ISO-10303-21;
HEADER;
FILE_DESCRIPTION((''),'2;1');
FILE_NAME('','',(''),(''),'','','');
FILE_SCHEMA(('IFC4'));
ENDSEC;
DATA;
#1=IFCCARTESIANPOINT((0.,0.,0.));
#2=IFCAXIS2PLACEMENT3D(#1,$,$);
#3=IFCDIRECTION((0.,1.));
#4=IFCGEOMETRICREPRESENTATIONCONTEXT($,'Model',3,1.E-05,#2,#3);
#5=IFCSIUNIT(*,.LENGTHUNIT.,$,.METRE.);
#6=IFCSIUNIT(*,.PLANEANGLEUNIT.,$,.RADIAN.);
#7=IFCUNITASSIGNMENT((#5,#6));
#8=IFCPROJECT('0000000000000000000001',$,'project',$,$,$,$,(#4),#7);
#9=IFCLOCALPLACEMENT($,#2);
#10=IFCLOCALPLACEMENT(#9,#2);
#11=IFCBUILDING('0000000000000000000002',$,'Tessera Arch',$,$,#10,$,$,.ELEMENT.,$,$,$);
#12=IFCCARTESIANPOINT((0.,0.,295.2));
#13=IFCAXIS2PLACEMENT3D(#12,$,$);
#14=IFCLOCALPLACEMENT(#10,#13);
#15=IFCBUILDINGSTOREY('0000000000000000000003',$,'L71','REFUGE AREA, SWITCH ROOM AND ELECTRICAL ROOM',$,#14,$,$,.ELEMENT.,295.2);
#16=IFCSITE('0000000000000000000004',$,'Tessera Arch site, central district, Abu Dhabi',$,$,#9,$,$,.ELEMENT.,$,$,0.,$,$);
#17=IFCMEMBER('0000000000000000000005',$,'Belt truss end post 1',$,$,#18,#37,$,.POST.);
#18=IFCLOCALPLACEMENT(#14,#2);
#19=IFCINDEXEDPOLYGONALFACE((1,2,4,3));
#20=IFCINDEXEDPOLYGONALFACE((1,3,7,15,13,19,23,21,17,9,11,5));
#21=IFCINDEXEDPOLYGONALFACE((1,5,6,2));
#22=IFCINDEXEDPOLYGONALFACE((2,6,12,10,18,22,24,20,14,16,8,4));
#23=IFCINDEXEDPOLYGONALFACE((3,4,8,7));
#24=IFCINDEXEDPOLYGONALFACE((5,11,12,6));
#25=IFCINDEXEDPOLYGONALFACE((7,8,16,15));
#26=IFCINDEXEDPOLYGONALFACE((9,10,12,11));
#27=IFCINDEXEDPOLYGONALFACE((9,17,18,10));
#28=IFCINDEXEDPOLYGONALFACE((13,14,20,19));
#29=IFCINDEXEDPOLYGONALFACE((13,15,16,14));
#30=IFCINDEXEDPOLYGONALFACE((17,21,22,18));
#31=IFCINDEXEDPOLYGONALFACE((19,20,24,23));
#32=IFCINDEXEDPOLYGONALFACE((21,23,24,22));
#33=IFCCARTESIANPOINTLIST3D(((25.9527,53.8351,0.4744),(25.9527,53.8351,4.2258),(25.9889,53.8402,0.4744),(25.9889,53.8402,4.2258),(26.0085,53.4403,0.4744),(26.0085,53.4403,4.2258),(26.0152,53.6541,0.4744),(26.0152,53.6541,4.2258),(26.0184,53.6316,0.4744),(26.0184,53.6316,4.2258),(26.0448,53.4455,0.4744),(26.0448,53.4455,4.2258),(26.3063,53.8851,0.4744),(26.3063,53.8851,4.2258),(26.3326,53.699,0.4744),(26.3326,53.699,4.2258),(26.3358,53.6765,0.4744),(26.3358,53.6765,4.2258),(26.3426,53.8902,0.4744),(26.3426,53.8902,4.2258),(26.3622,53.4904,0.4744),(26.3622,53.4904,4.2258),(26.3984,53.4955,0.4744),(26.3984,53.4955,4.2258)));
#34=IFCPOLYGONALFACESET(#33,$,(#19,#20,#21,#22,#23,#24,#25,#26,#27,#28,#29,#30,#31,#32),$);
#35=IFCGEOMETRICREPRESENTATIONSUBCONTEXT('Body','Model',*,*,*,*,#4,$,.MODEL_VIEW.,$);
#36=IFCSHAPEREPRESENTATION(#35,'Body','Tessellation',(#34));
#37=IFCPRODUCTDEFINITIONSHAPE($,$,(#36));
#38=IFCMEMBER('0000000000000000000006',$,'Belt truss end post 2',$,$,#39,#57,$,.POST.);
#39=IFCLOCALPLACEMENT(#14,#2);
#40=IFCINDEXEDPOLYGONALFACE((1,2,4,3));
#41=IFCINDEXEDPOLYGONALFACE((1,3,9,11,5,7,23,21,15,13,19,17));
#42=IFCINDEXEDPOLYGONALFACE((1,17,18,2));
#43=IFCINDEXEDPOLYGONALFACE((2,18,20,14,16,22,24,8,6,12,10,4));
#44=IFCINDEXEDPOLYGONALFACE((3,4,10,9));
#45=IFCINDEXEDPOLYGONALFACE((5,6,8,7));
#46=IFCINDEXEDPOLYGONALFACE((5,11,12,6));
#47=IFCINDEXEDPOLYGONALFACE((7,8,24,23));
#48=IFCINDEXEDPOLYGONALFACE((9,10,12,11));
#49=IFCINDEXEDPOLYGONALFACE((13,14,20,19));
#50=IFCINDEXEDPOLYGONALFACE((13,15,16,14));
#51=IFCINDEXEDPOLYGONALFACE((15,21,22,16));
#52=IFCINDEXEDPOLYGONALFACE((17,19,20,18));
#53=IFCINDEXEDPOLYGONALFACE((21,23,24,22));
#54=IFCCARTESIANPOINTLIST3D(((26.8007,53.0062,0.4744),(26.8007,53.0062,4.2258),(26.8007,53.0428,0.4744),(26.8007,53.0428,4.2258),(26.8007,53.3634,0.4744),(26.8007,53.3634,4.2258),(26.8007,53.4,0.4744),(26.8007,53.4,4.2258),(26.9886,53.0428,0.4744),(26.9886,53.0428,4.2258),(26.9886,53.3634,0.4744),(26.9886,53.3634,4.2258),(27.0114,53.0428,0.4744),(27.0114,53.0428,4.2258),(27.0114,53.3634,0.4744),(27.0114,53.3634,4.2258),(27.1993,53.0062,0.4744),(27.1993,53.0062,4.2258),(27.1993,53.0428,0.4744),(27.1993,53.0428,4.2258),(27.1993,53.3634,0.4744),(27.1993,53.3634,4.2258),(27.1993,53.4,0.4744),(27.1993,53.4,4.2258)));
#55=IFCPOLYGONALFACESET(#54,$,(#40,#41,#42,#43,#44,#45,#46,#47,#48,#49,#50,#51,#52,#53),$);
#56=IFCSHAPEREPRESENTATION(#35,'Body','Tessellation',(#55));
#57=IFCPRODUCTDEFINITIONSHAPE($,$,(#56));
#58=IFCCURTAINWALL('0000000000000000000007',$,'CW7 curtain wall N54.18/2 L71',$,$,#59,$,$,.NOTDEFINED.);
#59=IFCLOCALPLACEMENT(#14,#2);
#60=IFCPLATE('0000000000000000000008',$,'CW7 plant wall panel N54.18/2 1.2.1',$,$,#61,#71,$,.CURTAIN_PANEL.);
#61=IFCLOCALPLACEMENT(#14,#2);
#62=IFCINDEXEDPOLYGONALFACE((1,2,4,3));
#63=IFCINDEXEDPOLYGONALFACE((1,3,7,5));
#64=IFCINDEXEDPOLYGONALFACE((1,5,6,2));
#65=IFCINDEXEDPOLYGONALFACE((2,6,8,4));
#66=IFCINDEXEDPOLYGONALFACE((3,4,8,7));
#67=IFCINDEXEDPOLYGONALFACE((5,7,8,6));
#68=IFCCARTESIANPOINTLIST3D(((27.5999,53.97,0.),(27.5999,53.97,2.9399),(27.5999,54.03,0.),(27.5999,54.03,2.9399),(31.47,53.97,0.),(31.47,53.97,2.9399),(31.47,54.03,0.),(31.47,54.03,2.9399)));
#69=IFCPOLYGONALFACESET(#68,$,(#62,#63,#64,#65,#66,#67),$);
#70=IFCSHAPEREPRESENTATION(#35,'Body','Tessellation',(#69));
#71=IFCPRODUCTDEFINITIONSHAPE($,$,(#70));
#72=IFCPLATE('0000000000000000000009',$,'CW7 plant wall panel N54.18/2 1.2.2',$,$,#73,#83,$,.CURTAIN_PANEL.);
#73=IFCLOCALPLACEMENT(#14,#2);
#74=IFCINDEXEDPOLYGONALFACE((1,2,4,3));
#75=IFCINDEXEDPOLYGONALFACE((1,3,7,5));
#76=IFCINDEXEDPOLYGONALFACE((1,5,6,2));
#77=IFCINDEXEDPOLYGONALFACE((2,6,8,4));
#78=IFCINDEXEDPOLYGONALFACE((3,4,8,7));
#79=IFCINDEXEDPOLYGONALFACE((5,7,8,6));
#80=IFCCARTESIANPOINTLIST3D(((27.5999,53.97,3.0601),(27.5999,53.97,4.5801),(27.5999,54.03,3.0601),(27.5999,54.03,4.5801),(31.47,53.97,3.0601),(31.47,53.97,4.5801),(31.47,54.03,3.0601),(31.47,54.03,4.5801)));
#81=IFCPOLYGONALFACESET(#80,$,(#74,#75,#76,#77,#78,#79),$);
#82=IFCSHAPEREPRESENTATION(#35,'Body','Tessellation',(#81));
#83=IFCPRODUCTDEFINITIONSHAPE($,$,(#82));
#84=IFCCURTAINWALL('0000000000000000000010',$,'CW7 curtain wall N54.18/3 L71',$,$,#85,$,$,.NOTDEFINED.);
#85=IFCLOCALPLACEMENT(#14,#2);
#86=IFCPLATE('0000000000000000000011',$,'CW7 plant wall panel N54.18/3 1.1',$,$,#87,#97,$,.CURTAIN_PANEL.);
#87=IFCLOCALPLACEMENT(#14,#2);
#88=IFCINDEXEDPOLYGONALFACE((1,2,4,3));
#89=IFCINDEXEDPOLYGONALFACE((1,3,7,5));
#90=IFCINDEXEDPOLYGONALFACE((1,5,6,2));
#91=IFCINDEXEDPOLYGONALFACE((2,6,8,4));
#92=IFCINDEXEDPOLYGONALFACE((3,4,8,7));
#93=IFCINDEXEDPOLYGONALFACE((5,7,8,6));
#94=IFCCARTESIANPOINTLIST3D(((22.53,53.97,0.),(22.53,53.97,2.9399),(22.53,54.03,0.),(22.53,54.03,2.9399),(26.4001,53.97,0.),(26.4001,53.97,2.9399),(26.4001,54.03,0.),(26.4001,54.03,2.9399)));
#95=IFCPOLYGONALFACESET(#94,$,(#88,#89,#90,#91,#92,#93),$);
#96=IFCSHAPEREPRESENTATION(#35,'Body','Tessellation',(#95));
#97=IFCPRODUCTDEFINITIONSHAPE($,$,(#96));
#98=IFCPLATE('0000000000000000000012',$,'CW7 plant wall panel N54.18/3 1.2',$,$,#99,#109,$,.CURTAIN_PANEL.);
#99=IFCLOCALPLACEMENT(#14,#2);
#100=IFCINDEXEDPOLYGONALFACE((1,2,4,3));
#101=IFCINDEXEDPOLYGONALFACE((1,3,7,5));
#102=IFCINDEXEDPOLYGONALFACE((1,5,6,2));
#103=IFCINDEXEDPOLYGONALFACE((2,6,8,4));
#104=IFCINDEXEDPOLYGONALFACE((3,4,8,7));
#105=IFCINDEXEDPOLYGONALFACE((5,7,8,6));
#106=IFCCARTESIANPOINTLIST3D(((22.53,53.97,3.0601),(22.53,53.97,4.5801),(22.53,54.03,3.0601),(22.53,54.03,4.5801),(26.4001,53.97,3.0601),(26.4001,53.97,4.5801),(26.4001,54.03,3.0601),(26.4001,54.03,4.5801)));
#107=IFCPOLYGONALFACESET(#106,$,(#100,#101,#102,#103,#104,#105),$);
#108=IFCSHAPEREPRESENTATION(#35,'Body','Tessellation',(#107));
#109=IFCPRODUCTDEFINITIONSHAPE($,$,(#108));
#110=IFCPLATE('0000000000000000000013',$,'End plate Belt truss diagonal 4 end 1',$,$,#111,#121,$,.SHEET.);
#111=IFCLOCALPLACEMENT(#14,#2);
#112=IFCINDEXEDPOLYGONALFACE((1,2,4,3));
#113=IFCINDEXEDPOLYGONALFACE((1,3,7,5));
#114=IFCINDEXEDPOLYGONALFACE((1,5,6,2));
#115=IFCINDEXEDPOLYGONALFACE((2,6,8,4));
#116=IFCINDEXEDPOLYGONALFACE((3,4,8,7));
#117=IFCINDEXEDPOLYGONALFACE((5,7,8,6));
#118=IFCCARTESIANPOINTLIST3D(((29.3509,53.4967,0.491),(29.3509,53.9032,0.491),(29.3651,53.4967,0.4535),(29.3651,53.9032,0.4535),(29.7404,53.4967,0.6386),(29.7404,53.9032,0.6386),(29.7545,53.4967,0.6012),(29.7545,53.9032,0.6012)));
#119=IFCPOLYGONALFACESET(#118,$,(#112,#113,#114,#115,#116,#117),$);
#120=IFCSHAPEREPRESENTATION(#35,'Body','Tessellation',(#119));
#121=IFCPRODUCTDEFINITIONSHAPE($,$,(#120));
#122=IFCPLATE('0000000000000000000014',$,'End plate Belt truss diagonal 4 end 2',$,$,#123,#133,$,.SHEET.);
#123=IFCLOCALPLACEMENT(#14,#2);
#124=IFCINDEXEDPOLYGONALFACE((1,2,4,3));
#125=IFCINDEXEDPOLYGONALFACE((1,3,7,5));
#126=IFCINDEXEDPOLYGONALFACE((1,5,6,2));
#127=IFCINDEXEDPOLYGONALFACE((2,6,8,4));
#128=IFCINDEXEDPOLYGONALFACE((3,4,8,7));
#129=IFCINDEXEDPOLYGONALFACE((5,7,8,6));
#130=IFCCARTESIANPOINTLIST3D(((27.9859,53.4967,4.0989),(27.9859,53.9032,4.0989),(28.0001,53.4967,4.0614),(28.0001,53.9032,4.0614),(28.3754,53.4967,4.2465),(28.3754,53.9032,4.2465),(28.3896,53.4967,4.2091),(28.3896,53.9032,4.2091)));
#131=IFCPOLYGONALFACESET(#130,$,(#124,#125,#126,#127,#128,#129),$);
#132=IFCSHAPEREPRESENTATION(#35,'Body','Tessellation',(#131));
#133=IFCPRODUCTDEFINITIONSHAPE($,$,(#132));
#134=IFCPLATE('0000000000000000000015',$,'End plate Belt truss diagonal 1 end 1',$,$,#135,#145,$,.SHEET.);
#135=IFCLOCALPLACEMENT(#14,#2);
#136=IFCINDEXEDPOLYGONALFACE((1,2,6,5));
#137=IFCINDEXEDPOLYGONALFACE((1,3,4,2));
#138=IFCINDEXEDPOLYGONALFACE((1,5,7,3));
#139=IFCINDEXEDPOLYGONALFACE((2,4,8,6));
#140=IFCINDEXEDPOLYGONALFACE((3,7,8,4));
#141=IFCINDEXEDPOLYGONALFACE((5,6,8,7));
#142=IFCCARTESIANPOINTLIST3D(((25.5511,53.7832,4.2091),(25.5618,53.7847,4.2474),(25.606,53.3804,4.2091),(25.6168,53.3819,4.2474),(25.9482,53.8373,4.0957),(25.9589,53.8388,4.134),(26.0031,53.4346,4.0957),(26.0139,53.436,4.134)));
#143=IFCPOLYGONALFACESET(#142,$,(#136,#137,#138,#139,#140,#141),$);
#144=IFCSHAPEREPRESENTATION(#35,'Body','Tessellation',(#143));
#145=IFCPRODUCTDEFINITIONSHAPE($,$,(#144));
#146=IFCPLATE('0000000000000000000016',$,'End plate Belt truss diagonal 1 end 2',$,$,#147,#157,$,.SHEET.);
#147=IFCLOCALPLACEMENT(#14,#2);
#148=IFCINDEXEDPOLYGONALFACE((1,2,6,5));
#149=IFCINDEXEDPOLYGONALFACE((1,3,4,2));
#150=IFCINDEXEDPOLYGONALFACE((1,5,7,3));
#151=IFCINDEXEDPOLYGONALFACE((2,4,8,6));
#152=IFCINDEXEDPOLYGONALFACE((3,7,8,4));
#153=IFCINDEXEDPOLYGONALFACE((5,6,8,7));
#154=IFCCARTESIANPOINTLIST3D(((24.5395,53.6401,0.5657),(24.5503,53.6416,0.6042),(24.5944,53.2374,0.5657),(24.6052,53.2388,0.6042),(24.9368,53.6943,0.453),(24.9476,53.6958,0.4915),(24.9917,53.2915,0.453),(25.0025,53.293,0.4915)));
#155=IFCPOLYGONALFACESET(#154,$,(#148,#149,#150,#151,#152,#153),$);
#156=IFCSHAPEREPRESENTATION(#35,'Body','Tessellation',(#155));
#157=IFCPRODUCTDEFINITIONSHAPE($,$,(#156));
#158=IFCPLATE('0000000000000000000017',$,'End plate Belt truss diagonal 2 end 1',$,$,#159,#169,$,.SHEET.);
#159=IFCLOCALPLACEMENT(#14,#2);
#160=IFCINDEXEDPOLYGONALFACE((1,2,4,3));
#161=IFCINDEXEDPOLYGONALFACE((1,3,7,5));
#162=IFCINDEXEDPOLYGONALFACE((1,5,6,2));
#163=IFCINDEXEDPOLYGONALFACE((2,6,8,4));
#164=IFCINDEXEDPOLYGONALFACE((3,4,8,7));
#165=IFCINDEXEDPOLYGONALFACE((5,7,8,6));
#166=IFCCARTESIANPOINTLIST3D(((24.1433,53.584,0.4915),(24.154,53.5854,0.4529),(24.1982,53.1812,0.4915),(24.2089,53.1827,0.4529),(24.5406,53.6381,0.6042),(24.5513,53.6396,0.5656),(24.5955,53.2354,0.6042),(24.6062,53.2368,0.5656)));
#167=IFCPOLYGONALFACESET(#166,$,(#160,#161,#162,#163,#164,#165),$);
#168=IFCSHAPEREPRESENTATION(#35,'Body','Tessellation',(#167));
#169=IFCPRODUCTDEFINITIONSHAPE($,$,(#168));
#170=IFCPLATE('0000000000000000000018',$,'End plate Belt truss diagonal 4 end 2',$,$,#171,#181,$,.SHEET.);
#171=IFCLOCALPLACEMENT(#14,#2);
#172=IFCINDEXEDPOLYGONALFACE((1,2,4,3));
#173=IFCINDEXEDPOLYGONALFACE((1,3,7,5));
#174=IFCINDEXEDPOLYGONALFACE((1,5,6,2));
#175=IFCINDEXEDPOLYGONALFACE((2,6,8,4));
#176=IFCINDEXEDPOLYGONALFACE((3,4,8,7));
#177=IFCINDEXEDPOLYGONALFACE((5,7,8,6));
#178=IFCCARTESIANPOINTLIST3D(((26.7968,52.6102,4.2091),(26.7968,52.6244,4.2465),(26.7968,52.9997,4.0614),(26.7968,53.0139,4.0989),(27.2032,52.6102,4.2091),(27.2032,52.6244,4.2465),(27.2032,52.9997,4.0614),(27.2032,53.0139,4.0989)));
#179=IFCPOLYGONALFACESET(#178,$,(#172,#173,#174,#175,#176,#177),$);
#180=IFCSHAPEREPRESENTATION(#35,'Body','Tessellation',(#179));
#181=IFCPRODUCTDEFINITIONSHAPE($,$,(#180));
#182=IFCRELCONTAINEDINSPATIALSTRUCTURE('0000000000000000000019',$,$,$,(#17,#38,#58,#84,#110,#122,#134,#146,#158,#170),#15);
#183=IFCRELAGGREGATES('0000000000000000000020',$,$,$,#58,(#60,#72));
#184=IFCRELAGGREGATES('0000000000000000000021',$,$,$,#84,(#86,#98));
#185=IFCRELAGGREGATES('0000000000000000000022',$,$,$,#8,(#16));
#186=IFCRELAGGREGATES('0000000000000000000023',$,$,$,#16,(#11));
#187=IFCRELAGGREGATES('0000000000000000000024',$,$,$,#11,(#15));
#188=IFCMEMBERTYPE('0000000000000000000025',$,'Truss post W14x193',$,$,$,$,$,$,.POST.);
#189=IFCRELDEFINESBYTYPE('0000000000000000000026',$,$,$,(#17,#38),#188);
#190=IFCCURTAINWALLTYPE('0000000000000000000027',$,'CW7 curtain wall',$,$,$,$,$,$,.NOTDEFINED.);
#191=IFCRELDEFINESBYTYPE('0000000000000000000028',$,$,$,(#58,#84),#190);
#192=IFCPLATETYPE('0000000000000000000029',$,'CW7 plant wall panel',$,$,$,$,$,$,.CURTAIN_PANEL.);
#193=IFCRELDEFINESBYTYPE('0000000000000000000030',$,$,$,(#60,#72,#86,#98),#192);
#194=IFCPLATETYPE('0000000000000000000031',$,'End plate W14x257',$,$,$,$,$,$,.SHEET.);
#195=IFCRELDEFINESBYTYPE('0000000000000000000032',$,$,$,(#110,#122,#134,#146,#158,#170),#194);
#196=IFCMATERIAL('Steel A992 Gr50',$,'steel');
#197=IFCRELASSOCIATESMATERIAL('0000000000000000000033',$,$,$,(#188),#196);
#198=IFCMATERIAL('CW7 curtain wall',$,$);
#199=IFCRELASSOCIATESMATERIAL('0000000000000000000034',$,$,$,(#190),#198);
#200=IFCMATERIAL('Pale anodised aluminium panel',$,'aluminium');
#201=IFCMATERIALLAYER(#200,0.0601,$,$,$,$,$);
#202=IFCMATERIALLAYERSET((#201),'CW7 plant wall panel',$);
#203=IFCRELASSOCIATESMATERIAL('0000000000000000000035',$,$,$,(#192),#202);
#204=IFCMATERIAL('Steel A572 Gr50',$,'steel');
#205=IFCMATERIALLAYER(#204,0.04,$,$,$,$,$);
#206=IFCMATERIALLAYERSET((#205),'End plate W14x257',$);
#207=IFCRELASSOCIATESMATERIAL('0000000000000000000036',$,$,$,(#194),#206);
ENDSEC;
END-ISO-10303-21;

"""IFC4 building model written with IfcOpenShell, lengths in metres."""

from ifc_helpers import new_model, si_unit, direction, frame, origin, origin_2d, place, context, subcontext, project, spatial, rectangle, i_section, extrude, material, layer, layer_set, material_profile, profile_set, type_object, element, aggregate, save


model = new_model("IFC4")

# Units and contexts
model_context = context("Model", 3, precision=1e-05, world=origin(), true_north=direction((0.0, 1.0)))
body_context = subcontext(model_context, "Body", "Model", "MODEL_VIEW")
ifc_project = project(units=[si_unit("LENGTHUNIT", "METRE"), si_unit("PLANEANGLEUNIT", "RADIAN")], contexts=[model_context])

# Site, building, storey
site_placement = place(None, origin())
site = spatial("IfcSite", under=ifc_project, at=site_placement, Name="Tessera Arch site, central district, Abu Dhabi", CompositionType="ELEMENT", RefElevation=0.0)
building_placement = place(site_placement, origin())
building = spatial("IfcBuilding", under=site, at=building_placement, Name="Tessera Arch", CompositionType="ELEMENT")
storey_placement = place(building_placement, frame((0.0, 0.0, 295.2)))
storey = spatial("IfcBuildingStorey", under=building, at=storey_placement, Name="L71", Description="REFUGE AREA, SWITCH ROOM AND ELECTRICAL ROOM", CompositionType="ELEMENT", Elevation=295.2)

# Members
ifc_material_1 = material(Name="Steel A992 Gr50", Category="steel")
ifc_material_profile_1 = material_profile(ifc_material_1, i_section(OverallWidth=0.3987, OverallDepth=0.3938, WebThickness=0.0227, FlangeThickness=0.0366, at=origin_2d()), Name="W14x193")
ifc_profile_set_1 = profile_set([ifc_material_profile_1], Name="Steel A992 Gr50")
member_type_1 = type_object("IfcMemberType", Name="Truss post W14x193", PredefinedType="POST", material=ifc_profile_set_1)
for number, where, z_axis, x_axis, name in (
    (1, (26.1755, 53.6653, 0.4744), (0.0, 0.0, 1.0), (-0.140089, 0.990139, 0.0), "Belt truss end post 1"),
    (2, (27.0, 53.2031, 0.4744), (0.0, 0.0, 1.0), (1.0, 0.0, 0.0), "Belt truss end post 2"),
):
    element("IfcMember", number, at=place(storey_placement, frame(where, z_axis=z_axis, x_axis=x_axis)), inside=storey, type_object=member_type_1, Name=name, PredefinedType="POST", context=body_context, shape_type="SweptSolid", body=[
        extrude(i_section(OverallWidth=0.3987, OverallDepth=0.3938, WebThickness=0.0227, FlangeThickness=0.0366, at=origin_2d()), origin(), (0.0, 0.0, 1.0), 3.7515),
    ])

# Curtain walls, plates
ifc_material_2 = material(Name="CW7 curtain wall")
curtain_wall_type = type_object("IfcCurtainWallType", Name="CW7 curtain wall", PredefinedType="NOTDEFINED", material=ifc_material_2)
curtain_wall_1_placement = place(storey_placement, origin())
curtain_wall_1 = element("IfcCurtainWall", 3, at=curtain_wall_1_placement, inside=storey, type_object=curtain_wall_type, Name="CW7 curtain wall N54.18/2 L71", PredefinedType="NOTDEFINED")
ifc_material_3 = material(Name="Pale anodised aluminium panel", Category="aluminium")
ifc_layer_1 = layer(ifc_material_3, 0.0601)
ifc_layer_set_1 = layer_set([ifc_layer_1], Name="CW7 plant wall panel")
plate_type_1 = type_object("IfcPlateType", Name="CW7 plant wall panel", PredefinedType="CURTAIN_PANEL", material=ifc_layer_set_1)
plate_1_placement = place(storey_placement, frame((29.5349, 54.0, 0.0), z_axis=(0.0, 0.0, 1.0), x_axis=(-1.0, 0.0, 0.0)))
plate_1 = element("IfcPlate", 4, at=plate_1_placement, type_object=plate_type_1, Name="CW7 plant wall panel N54.18/2 1.2.1", PredefinedType="CURTAIN_PANEL", context=body_context, shape_type="SweptSolid", body=[
    extrude(rectangle(XDim=3.8701, YDim=0.0601, at=origin_2d()), origin(), (0.0, 0.0, 1.0), 2.9399),
])
plate_2_placement = place(storey_placement, frame((29.5349, 54.0, 3.0601), z_axis=(0.0, 0.0, 1.0), x_axis=(-1.0, 0.0, 0.0)))
plate_2 = element("IfcPlate", 5, at=plate_2_placement, type_object=plate_type_1, Name="CW7 plant wall panel N54.18/2 1.2.2", PredefinedType="CURTAIN_PANEL", context=body_context, shape_type="SweptSolid", body=[
    extrude(rectangle(XDim=3.8701, YDim=0.0601, at=origin_2d()), origin(), (0.0, 0.0, 1.0), 1.52),
])
aggregate(curtain_wall_1, [plate_1, plate_2])
curtain_wall_2_placement = place(storey_placement, origin())
curtain_wall_2 = element("IfcCurtainWall", 6, at=curtain_wall_2_placement, inside=storey, type_object=curtain_wall_type, Name="CW7 curtain wall N54.18/3 L71", PredefinedType="NOTDEFINED")
plate_3_placement = place(storey_placement, frame((24.4651, 54.0, 0.0), z_axis=(0.0, 0.0, 1.0), x_axis=(-1.0, 0.0, 0.0)))
plate_3 = element("IfcPlate", 7, at=plate_3_placement, type_object=plate_type_1, Name="CW7 plant wall panel N54.18/3 1.1", PredefinedType="CURTAIN_PANEL", context=body_context, shape_type="SweptSolid", body=[
    extrude(rectangle(XDim=3.8701, YDim=0.0601, at=origin_2d()), origin(), (0.0, 0.0, 1.0), 2.9399),
])
plate_4_placement = place(storey_placement, frame((24.4651, 54.0, 3.0601), z_axis=(0.0, 0.0, 1.0), x_axis=(-1.0, 0.0, 0.0)))
plate_4 = element("IfcPlate", 8, at=plate_4_placement, type_object=plate_type_1, Name="CW7 plant wall panel N54.18/3 1.2", PredefinedType="CURTAIN_PANEL", context=body_context, shape_type="SweptSolid", body=[
    extrude(rectangle(XDim=3.8701, YDim=0.0601, at=origin_2d()), origin(), (0.0, 0.0, 1.0), 1.52),
])
aggregate(curtain_wall_2, [plate_3, plate_4])

# Plates
ifc_material_4 = material(Name="Steel A572 Gr50", Category="steel")
ifc_layer_2 = layer(ifc_material_4, 0.04)
ifc_layer_set_2 = layer_set([ifc_layer_2], Name="End plate W14x257")
plate_type_2 = type_object("IfcPlateType", Name="End plate W14x257", PredefinedType="SHEET", material=ifc_layer_set_2)
for number, where, z_axis, x_axis, name in (
    (9, (29.5598, 53.7, 0.5273), (-0.35447, 0.0, 0.935067), (0.0, -1.0, 0.0), "End plate Belt truss diagonal 4 end 1"),
    (10, (28.1948, 53.7, 4.1353), (-0.35447, 0.0, 0.935067), (0.0, -1.0, 0.0), "End plate Belt truss diagonal 4 end 2"),
):
    element("IfcPlate", number, at=place(storey_placement, frame(where, z_axis=z_axis, x_axis=x_axis)), inside=storey, type_object=plate_type_2, Name=name, PredefinedType="SHEET", context=body_context, shape_type="SweptSolid", body=[
        extrude(rectangle(XDim=0.4065, YDim=0.4165, at=origin_2d()), origin(), (0.0, 0.0, 1.0), 0.04),
    ])
plate_5_placement = place(storey_placement, frame((25.7878, 53.6104, 4.1907), z_axis=(-0.269675, -0.036774, -0.962249), x_axis=(0.135113, -0.99083, 0.0)))
element("IfcPlate", 11, at=plate_5_placement, inside=storey, type_object=plate_type_2, Name="End plate Belt truss diagonal 1 end 1", PredefinedType="SHEET", context=body_context, shape_type="SweptSolid", body=[
    extrude(rectangle(XDim=0.4065, YDim=0.4165, at=origin_2d()), origin(), (0.0, 0.0, 1.0), 0.0398),
])
for number, where, z_axis, x_axis, name in (
    (12, (24.7764, 53.4673, 0.5479), (-0.268093, -0.036558, -0.962699), (0.135113, -0.99083, 0.0), "End plate Belt truss diagonal 1 end 2"),
    (13, (24.3801, 53.4111, 0.5093), (-0.268093, -0.036558, 0.962699), (0.135113, -0.99083, 0.0), "End plate Belt truss diagonal 2 end 1"),
    (14, (27.0, 52.8049, 4.1353), (0.0, 0.35447, 0.935067), (-1.0, 0.0, 0.0), "End plate Belt truss diagonal 4 end 2"),
):
    element("IfcPlate", number, at=place(storey_placement, frame(where, z_axis=z_axis, x_axis=x_axis)), inside=storey, type_object=plate_type_2, Name=name, PredefinedType="SHEET", context=body_context, shape_type="SweptSolid", body=[
        extrude(rectangle(XDim=0.4065, YDim=0.4165, at=origin_2d()), origin(), (0.0, 0.0, 1.0), 0.04),
    ])

save(model, "model.ifc")
